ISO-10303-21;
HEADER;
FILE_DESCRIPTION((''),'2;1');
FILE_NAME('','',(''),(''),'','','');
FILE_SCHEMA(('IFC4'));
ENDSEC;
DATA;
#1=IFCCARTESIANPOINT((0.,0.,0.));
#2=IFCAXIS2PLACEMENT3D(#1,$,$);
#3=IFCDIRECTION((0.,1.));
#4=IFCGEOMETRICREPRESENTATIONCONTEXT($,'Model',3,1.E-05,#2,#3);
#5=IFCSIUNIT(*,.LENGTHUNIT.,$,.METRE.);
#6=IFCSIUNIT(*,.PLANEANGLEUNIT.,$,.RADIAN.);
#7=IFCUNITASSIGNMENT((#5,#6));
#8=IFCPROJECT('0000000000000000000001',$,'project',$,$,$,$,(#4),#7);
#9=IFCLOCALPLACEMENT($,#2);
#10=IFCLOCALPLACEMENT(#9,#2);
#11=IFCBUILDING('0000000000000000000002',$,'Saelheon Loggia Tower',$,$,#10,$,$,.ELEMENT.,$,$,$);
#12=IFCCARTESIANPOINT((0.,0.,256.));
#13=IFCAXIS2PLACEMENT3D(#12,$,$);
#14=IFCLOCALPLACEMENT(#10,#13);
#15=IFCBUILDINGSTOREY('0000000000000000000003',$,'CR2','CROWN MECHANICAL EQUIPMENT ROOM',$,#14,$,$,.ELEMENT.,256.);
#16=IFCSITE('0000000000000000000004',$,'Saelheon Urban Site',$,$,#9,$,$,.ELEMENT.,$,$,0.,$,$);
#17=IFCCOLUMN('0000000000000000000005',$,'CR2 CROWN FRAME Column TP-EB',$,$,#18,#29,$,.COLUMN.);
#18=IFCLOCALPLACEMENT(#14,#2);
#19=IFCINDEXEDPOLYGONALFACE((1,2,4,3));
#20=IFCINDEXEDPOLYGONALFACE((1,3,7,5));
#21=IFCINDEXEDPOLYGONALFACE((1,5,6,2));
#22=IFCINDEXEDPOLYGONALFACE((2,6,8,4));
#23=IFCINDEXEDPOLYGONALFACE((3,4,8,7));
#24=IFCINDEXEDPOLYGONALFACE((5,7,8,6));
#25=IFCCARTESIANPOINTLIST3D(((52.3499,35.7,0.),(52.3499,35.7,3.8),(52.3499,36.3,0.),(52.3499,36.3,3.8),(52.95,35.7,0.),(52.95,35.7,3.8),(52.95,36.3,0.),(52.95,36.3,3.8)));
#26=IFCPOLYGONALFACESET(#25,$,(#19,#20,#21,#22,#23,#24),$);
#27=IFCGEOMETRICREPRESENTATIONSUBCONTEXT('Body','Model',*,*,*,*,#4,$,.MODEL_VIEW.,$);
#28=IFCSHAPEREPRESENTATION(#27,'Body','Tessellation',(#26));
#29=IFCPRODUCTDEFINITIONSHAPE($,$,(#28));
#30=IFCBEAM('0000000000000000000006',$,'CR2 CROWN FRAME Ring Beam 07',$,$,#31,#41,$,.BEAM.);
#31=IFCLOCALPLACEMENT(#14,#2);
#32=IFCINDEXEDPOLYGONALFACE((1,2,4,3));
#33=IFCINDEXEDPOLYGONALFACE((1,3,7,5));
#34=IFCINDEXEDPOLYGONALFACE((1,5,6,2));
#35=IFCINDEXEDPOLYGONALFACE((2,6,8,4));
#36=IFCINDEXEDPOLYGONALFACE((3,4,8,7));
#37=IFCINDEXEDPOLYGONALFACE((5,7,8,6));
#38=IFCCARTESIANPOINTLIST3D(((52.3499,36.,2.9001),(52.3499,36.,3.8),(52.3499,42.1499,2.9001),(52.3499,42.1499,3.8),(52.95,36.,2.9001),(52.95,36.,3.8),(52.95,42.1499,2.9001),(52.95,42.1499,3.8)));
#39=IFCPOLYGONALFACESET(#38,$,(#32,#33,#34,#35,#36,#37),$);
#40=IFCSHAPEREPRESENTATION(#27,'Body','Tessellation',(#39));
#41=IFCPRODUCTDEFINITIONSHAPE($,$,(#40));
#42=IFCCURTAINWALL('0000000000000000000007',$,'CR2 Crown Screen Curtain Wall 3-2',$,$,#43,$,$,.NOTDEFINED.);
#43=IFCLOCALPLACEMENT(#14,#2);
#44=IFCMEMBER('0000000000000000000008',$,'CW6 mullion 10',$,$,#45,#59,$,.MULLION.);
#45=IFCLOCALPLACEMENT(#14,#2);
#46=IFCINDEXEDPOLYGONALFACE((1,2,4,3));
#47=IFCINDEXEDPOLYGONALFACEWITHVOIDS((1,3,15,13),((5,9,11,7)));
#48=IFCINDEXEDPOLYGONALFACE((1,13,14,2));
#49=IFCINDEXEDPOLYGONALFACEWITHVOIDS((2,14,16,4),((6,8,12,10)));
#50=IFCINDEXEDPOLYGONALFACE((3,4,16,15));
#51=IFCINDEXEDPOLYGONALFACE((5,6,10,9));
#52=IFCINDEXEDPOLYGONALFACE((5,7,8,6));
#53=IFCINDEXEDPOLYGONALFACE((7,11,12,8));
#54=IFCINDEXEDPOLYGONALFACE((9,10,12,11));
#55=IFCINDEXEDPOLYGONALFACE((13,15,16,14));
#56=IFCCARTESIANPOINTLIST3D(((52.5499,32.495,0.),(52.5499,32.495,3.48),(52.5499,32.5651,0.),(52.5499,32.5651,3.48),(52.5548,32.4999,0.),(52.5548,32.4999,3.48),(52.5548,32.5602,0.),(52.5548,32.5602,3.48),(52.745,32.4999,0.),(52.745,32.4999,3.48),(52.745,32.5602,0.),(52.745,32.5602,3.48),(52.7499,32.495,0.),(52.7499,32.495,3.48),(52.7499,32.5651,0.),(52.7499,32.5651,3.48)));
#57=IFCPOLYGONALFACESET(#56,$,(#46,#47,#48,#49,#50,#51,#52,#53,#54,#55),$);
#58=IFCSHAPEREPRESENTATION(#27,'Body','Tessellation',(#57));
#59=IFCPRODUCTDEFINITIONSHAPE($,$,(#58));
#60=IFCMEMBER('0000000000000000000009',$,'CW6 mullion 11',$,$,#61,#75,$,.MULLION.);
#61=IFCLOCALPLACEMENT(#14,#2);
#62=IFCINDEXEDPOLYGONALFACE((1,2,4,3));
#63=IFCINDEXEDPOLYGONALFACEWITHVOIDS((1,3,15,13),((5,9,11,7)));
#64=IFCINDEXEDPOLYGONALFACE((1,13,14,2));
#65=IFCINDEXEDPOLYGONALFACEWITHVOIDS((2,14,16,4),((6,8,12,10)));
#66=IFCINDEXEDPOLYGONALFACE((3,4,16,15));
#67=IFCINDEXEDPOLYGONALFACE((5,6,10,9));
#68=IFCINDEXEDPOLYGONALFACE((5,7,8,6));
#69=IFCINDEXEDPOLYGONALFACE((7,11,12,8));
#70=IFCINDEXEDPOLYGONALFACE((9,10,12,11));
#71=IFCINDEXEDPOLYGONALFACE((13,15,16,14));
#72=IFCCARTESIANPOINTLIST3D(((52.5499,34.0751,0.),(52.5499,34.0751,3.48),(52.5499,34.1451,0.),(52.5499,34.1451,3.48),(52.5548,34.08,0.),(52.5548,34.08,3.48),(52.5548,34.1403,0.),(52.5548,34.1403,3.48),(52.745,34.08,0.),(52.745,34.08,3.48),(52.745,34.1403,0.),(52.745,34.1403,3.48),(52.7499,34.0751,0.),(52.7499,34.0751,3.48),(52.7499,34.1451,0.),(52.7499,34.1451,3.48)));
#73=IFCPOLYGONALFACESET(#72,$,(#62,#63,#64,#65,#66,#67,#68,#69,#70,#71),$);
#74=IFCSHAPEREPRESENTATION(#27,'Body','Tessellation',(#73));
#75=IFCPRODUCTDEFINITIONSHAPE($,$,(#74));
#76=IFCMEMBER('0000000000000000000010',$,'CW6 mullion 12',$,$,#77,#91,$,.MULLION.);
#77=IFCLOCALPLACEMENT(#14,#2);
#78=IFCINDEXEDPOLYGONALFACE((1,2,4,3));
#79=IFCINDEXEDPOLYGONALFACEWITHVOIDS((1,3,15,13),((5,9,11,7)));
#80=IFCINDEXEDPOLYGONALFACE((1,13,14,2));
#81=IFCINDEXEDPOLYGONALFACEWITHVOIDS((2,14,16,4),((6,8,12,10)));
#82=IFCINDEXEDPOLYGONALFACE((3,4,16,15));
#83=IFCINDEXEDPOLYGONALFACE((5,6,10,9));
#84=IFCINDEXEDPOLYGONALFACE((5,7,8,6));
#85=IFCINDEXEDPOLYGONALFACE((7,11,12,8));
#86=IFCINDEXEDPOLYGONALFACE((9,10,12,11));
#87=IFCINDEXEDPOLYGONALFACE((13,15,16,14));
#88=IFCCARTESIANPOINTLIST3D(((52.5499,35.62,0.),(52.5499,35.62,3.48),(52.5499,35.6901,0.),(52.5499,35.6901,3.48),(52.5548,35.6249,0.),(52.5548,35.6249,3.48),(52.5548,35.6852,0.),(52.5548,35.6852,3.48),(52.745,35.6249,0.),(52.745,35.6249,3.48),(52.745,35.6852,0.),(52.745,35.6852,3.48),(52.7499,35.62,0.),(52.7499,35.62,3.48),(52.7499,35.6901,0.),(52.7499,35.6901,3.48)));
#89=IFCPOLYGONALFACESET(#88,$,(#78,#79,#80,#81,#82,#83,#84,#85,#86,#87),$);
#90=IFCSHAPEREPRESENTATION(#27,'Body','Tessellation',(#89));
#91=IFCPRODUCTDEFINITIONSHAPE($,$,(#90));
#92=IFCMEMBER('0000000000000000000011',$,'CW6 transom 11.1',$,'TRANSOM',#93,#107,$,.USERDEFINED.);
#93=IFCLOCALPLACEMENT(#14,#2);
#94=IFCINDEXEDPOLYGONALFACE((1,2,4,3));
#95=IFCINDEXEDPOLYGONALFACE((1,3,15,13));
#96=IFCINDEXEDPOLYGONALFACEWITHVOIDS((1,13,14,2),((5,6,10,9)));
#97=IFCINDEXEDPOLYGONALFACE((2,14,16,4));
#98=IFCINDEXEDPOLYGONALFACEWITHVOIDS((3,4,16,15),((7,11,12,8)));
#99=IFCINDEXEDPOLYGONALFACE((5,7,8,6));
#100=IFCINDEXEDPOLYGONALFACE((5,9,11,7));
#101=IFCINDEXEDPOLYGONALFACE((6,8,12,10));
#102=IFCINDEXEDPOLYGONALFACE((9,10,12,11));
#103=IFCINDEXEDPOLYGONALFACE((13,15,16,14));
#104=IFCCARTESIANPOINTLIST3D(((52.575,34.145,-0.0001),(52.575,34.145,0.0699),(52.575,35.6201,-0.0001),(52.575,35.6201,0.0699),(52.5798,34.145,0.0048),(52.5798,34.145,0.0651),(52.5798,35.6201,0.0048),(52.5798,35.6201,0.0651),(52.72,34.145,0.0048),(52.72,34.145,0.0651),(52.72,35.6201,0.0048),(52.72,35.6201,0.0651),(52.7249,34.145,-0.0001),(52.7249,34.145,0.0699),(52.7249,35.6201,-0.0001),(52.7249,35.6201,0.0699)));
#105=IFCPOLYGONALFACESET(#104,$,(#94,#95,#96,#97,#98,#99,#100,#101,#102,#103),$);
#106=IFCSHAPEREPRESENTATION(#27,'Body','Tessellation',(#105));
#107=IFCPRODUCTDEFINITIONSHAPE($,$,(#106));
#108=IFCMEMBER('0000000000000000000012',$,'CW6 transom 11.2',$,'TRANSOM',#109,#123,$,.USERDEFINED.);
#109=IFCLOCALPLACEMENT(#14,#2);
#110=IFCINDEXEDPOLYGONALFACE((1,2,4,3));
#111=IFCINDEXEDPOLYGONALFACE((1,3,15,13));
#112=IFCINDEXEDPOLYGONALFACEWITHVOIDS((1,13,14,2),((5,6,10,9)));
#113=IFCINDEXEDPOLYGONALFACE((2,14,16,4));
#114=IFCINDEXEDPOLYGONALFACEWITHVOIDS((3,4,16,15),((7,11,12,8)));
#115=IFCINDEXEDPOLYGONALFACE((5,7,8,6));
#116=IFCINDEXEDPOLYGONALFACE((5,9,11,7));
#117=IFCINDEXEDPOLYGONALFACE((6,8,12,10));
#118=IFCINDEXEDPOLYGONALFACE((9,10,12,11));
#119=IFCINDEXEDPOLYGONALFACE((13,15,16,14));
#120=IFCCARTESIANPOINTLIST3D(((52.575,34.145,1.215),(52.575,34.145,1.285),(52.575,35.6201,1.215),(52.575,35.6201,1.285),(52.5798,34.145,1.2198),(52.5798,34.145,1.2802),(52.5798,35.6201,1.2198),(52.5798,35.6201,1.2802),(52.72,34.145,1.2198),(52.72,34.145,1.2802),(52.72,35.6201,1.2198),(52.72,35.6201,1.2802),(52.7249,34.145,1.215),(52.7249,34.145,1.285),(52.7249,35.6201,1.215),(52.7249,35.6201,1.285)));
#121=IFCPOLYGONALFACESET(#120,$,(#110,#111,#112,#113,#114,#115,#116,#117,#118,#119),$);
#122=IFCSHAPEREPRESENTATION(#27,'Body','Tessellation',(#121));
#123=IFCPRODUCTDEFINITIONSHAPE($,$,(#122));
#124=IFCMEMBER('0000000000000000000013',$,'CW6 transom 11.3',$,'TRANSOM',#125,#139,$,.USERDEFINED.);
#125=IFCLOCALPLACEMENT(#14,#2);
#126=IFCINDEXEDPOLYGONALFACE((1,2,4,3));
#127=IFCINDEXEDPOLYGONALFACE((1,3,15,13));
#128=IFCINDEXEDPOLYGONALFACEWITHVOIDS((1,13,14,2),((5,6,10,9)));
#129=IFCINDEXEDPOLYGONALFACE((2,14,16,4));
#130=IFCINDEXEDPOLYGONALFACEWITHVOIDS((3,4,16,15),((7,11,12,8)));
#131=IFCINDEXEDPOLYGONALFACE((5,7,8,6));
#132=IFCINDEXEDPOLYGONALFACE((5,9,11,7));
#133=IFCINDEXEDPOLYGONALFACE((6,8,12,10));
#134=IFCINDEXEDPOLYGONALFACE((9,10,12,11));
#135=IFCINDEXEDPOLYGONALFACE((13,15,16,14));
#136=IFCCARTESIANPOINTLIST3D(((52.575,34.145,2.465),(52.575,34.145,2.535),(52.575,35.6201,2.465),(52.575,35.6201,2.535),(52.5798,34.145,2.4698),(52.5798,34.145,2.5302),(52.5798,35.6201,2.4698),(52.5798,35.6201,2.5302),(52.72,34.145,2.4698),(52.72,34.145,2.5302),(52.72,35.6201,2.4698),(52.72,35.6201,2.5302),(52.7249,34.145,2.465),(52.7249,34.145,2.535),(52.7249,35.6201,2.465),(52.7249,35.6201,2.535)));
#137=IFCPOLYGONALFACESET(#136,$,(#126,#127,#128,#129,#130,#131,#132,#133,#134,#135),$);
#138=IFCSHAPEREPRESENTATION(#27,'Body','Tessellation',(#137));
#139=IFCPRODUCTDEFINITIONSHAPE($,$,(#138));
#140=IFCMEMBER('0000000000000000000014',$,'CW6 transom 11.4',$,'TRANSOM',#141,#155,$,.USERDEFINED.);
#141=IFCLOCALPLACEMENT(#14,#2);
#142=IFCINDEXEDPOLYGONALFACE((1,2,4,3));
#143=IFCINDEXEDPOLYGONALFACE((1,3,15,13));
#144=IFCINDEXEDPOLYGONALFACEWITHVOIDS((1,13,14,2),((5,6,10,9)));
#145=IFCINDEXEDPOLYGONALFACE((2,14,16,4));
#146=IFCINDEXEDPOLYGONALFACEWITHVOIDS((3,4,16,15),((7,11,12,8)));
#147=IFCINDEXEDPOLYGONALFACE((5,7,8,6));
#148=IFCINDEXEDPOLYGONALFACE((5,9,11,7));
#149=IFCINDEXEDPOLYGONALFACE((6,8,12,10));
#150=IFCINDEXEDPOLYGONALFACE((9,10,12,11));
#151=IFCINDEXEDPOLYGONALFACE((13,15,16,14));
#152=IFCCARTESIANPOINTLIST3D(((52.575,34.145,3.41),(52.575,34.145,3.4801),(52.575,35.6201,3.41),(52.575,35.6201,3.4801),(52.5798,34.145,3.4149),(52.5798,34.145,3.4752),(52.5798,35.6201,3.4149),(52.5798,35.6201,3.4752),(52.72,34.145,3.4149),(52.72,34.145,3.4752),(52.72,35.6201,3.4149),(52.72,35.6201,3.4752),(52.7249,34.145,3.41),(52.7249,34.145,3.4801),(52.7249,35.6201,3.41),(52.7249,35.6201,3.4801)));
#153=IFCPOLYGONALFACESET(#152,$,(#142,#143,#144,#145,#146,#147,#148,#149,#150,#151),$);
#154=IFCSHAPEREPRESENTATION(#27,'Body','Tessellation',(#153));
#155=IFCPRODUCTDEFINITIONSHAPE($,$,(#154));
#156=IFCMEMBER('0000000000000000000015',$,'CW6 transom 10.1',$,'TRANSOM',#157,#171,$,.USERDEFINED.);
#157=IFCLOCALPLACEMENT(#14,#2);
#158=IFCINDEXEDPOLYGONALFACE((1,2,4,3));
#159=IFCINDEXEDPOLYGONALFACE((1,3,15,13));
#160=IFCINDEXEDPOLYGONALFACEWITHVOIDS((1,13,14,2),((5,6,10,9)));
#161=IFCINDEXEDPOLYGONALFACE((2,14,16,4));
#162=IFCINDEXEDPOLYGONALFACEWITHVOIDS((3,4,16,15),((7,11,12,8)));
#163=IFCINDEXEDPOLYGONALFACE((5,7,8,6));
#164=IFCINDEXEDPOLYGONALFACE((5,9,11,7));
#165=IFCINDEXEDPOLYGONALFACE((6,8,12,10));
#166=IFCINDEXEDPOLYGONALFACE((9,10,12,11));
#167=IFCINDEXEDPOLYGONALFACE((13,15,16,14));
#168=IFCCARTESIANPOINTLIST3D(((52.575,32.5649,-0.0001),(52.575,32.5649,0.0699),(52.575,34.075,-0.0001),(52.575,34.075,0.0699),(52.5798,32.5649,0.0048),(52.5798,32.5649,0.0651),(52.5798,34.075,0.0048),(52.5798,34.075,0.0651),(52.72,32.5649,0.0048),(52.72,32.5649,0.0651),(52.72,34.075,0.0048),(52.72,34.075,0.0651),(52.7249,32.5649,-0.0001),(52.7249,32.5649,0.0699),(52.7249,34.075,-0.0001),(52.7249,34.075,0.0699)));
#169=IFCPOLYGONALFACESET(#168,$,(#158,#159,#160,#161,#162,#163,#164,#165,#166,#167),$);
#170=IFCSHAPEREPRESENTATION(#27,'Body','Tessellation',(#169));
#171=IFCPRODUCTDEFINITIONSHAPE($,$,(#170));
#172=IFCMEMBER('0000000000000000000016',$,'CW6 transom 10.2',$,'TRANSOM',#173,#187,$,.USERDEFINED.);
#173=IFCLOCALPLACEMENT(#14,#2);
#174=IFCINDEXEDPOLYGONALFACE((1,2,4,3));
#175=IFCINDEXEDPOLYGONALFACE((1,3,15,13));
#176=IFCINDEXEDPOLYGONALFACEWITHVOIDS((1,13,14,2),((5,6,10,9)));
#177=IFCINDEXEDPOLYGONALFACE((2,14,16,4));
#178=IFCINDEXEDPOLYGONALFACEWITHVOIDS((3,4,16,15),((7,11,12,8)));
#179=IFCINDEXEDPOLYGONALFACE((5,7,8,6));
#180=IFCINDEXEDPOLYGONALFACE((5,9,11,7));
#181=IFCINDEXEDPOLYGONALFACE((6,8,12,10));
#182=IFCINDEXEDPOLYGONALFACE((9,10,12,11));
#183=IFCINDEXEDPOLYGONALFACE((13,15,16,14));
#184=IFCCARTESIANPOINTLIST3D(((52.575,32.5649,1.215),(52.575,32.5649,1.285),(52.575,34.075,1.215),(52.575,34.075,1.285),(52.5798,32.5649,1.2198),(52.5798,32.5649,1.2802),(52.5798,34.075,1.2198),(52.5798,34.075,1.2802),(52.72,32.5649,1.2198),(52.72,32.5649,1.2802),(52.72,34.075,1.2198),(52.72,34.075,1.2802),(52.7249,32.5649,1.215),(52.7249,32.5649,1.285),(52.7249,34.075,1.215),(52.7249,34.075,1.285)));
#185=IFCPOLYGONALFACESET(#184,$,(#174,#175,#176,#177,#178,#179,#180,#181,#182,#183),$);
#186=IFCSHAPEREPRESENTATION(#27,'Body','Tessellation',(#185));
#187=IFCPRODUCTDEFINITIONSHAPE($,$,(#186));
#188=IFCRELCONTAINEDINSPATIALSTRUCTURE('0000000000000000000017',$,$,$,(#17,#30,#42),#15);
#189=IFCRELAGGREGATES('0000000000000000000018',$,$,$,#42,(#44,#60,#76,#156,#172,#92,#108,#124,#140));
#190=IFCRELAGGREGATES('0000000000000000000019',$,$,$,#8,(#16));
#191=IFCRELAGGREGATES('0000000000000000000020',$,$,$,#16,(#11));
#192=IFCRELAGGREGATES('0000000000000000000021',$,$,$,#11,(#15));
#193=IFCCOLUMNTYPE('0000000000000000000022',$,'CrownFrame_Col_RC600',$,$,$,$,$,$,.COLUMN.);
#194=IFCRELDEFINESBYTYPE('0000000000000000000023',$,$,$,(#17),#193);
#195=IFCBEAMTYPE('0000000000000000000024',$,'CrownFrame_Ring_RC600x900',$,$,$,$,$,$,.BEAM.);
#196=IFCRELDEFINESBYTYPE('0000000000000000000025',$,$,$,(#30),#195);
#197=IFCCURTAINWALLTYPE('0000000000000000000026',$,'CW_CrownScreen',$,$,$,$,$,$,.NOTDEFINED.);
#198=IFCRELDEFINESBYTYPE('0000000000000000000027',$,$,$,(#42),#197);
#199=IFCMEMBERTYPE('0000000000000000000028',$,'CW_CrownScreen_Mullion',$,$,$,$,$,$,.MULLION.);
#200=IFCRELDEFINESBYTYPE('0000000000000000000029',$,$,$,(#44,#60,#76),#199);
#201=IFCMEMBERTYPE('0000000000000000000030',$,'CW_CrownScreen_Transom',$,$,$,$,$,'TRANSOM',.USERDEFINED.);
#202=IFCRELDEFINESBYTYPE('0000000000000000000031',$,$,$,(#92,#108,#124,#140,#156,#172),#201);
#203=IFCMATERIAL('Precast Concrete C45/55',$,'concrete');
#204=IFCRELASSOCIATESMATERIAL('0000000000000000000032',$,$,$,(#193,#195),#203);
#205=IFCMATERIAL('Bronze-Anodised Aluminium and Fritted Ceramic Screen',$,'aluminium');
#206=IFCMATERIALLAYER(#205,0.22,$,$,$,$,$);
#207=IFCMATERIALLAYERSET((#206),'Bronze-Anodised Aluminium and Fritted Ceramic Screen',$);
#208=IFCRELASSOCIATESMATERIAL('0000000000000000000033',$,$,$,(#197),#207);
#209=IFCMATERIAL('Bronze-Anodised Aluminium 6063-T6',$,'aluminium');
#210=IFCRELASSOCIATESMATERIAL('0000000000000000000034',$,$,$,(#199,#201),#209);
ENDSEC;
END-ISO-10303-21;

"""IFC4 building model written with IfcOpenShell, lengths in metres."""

from ifc_helpers import new_model, si_unit, direction, frame, origin, origin_2d, place, context, subcontext, project, spatial, rectangle, hollow_rectangle, extrude, source, transform, mapped, material, layer, layer_set, material_profile, profile_set, type_object, element, aggregate, save


model = new_model("IFC4")

# Units and contexts
model_context = context("Model", 3, precision=1e-05, world=origin(), true_north=direction((0.0, 1.0)))
body_context = subcontext(model_context, "Body", "Model", "MODEL_VIEW")
ifc_project = project(units=[si_unit("LENGTHUNIT", "METRE"), si_unit("PLANEANGLEUNIT", "RADIAN")], contexts=[model_context])

# Site, building, storey
site_placement = place(None, origin())
site = spatial("IfcSite", under=ifc_project, at=site_placement, Name="Saelheon Urban Site", CompositionType="ELEMENT", RefElevation=0.0)
building_placement = place(site_placement, origin())
building = spatial("IfcBuilding", under=site, at=building_placement, Name="Saelheon Loggia Tower", CompositionType="ELEMENT")
storey_placement = place(building_placement, frame((0.0, 0.0, 256.0)))
storey = spatial("IfcBuildingStorey", under=building, at=storey_placement, Name="CR2", Description="CROWN MECHANICAL EQUIPMENT ROOM", CompositionType="ELEMENT", Elevation=256.0)

# Column
ifc_material_1 = material(Name="Precast Concrete C45/55", Category="concrete")
ifc_material_profile_1 = material_profile(ifc_material_1, rectangle(XDim=0.6001, YDim=0.6001, at=origin_2d()), Name="RC-600x600")
ifc_profile_set_1 = profile_set([ifc_material_profile_1], Name="Precast Concrete C45/55")
column_type = type_object("IfcColumnType", Name="CrownFrame_Col_RC600", PredefinedType="COLUMN", material=ifc_profile_set_1)
shared_shape_1 = source(origin(), body_context, "Body", "SweptSolid", [
    extrude(rectangle(XDim=0.6001, YDim=0.6001, at=origin_2d()), origin(), (0.0, 0.0, 1.0), 3.8),
])
column_placement = place(storey_placement, frame((52.6499, 36.0, 0.0), z_axis=(0.0, 0.0, 1.0), x_axis=(1.0, 0.0, 0.0)))
element("IfcColumn", 1, at=column_placement, inside=storey, type_object=column_type, Name="CR2 CROWN FRAME Column TP-EB", PredefinedType="COLUMN", context=body_context, shape_type="MappedRepresentation", body=[
    mapped(shared_shape_1, transform((0.0, 0.0, 0.0), scale=1.0)),
])

# Beam
ifc_material_profile_2 = material_profile(ifc_material_1, rectangle(XDim=0.6001, YDim=0.8999, at=origin_2d()), Name="RC-600x900")
ifc_profile_set_2 = profile_set([ifc_material_profile_2], Name="Precast Concrete C45/55")
beam_type = type_object("IfcBeamType", Name="CrownFrame_Ring_RC600x900", PredefinedType="BEAM", material=ifc_profile_set_2)
shared_shape_2 = source(origin(), body_context, "Body", "SweptSolid", [
    extrude(rectangle(XDim=0.6001, YDim=0.8999, at=origin_2d()), origin(), (0.0, 0.0, 1.0), 6.1499),
])
beam_placement = place(storey_placement, frame((52.6499, 36.0, 3.3501), z_axis=(0.0, 1.0, 0.0), x_axis=(-1.0, 0.0, 0.0)))
element("IfcBeam", 2, at=beam_placement, inside=storey, type_object=beam_type, Name="CR2 CROWN FRAME Ring Beam 07", PredefinedType="BEAM", context=body_context, shape_type="MappedRepresentation", body=[
    mapped(shared_shape_2, transform((0.0, 0.0, 0.0), scale=1.0)),
])

# Curtain wall, members
ifc_material_2 = material(Name="Bronze-Anodised Aluminium and Fritted Ceramic Screen", Category="aluminium")
ifc_layer_1 = layer(ifc_material_2, 0.22)
ifc_layer_set_1 = layer_set([ifc_layer_1], Name="Bronze-Anodised Aluminium and Fritted Ceramic Screen")
curtain_wall_type = type_object("IfcCurtainWallType", Name="CW_CrownScreen", PredefinedType="NOTDEFINED", material=ifc_layer_set_1)
curtain_wall_placement = place(storey_placement, origin())
curtain_wall = element("IfcCurtainWall", 3, at=curtain_wall_placement, inside=storey, type_object=curtain_wall_type, Name="CR2 Crown Screen Curtain Wall 3-2", PredefinedType="NOTDEFINED")
ifc_material_3 = material(Name="Bronze-Anodised Aluminium 6063-T6", Category="aluminium")
ifc_material_profile_3 = material_profile(ifc_material_3, hollow_rectangle(XDim=0.0701, YDim=0.2, WallThickness=0.0049, at=origin_2d()), Name="RHS-200x70x5")
ifc_profile_set_3 = profile_set([ifc_material_profile_3], Name="Bronze-Anodised Aluminium 6063-T6")
member_type_1 = type_object("IfcMemberType", Name="CW_CrownScreen_Mullion", PredefinedType="MULLION", material=ifc_profile_set_3)
shared_shape_3 = source(origin(), body_context, "Body", "SweptSolid", [
    extrude(hollow_rectangle(XDim=0.0701, YDim=0.2, WallThickness=0.0049, at=origin_2d()), origin(), (0.0, 0.0, 1.0), 3.48),
])
member_1_placement = place(storey_placement, frame((52.6499, 32.53, 0.0), z_axis=(0.0, 0.0, 1.0), x_axis=(0.0, 1.0, 0.0)))
member_1 = element("IfcMember", 4, at=member_1_placement, type_object=member_type_1, Name="CW6 mullion 10", PredefinedType="MULLION", context=body_context, shape_type="MappedRepresentation", body=[
    mapped(shared_shape_3, transform((0.0, 0.0, 0.0), scale=1.0)),
])
member_2_placement = place(storey_placement, frame((52.6499, 34.1101, 0.0), z_axis=(0.0, 0.0, 1.0), x_axis=(0.0, 1.0, 0.0)))
member_2 = element("IfcMember", 5, at=member_2_placement, type_object=member_type_1, Name="CW6 mullion 11", PredefinedType="MULLION", context=body_context, shape_type="MappedRepresentation", body=[
    mapped(shared_shape_3, transform((0.0, 0.0, 0.0), scale=1.0)),
])
member_3_placement = place(storey_placement, frame((52.6499, 35.655, 0.0), z_axis=(0.0, 0.0, 1.0), x_axis=(0.0, 1.0, 0.0)))
member_3 = element("IfcMember", 6, at=member_3_placement, type_object=member_type_1, Name="CW6 mullion 12", PredefinedType="MULLION", context=body_context, shape_type="MappedRepresentation", body=[
    mapped(shared_shape_3, transform((0.0, 0.0, 0.0), scale=1.0)),
])
ifc_material_profile_4 = material_profile(ifc_material_3, hollow_rectangle(XDim=0.0701, YDim=0.1499, WallThickness=0.0049, at=origin_2d()), Name="RHS-150x70x5")
ifc_profile_set_4 = profile_set([ifc_material_profile_4], Name="Bronze-Anodised Aluminium 6063-T6")
member_type_2 = type_object("IfcMemberType", Name="CW_CrownScreen_Transom", ElementType="TRANSOM", PredefinedType="USERDEFINED", material=ifc_profile_set_4)
shared_shape_4 = source(origin(), body_context, "Body", "SweptSolid", [
    extrude(hollow_rectangle(XDim=0.0701, YDim=0.1499, WallThickness=0.0049, at=origin_2d()), origin(), (0.0, 0.0, 1.0), 1.4751),
])
member_4_placement = place(storey_placement, frame((52.6499, 34.145, 0.0349), z_axis=(0.0, 1.0, 0.0), x_axis=(0.0, 0.0, 1.0)))
member_4 = element("IfcMember", 7, at=member_4_placement, type_object=member_type_2, Name="CW6 transom 11.1", ObjectType="TRANSOM", PredefinedType="USERDEFINED", context=body_context, shape_type="MappedRepresentation", body=[
    mapped(shared_shape_4, transform((0.0, 0.0, 0.0), scale=1.0)),
])
member_5_placement = place(storey_placement, frame((52.6499, 34.145, 1.25), z_axis=(0.0, 1.0, 0.0), x_axis=(0.0, 0.0, 1.0)))
member_5 = element("IfcMember", 8, at=member_5_placement, type_object=member_type_2, Name="CW6 transom 11.2", ObjectType="TRANSOM", PredefinedType="USERDEFINED", context=body_context, shape_type="MappedRepresentation", body=[
    mapped(shared_shape_4, transform((0.0, 0.0, 0.0), scale=1.0)),
])
member_6_placement = place(storey_placement, frame((52.6499, 34.145, 2.5), z_axis=(0.0, 1.0, 0.0), x_axis=(0.0, 0.0, 1.0)))
member_6 = element("IfcMember", 9, at=member_6_placement, type_object=member_type_2, Name="CW6 transom 11.3", ObjectType="TRANSOM", PredefinedType="USERDEFINED", context=body_context, shape_type="MappedRepresentation", body=[
    mapped(shared_shape_4, transform((0.0, 0.0, 0.0), scale=1.0)),
])
member_7_placement = place(storey_placement, frame((52.6499, 34.145, 3.4451), z_axis=(0.0, 1.0, 0.0), x_axis=(0.0, 0.0, 1.0)))
member_7 = element("IfcMember", 10, at=member_7_placement, type_object=member_type_2, Name="CW6 transom 11.4", ObjectType="TRANSOM", PredefinedType="USERDEFINED", context=body_context, shape_type="MappedRepresentation", body=[
    mapped(shared_shape_4, transform((0.0, 0.0, 0.0), scale=1.0)),
])
shared_shape_5 = source(origin(), body_context, "Body", "SweptSolid", [
    extrude(hollow_rectangle(XDim=0.0701, YDim=0.1499, WallThickness=0.0049, at=origin_2d()), origin(), (0.0, 0.0, 1.0), 1.51),
])
member_8_placement = place(storey_placement, frame((52.6499, 32.5649, 0.0349), z_axis=(0.0, 1.0, 0.0), x_axis=(0.0, 0.0, 1.0)))
member_8 = element("IfcMember", 11, at=member_8_placement, type_object=member_type_2, Name="CW6 transom 10.1", ObjectType="TRANSOM", PredefinedType="USERDEFINED", context=body_context, shape_type="MappedRepresentation", body=[
    mapped(shared_shape_5, transform((0.0, 0.0, 0.0), scale=1.0)),
])
member_9_placement = place(storey_placement, frame((52.6499, 32.5649, 1.25), z_axis=(0.0, 1.0, 0.0), x_axis=(0.0, 0.0, 1.0)))
member_9 = element("IfcMember", 12, at=member_9_placement, type_object=member_type_2, Name="CW6 transom 10.2", ObjectType="TRANSOM", PredefinedType="USERDEFINED", context=body_context, shape_type="MappedRepresentation", body=[
    mapped(shared_shape_5, transform((0.0, 0.0, 0.0), scale=1.0)),
])
aggregate(curtain_wall, [member_1, member_2, member_3, member_8, member_9, member_4, member_5, member_6, member_7])

save(model, "model.ifc")
